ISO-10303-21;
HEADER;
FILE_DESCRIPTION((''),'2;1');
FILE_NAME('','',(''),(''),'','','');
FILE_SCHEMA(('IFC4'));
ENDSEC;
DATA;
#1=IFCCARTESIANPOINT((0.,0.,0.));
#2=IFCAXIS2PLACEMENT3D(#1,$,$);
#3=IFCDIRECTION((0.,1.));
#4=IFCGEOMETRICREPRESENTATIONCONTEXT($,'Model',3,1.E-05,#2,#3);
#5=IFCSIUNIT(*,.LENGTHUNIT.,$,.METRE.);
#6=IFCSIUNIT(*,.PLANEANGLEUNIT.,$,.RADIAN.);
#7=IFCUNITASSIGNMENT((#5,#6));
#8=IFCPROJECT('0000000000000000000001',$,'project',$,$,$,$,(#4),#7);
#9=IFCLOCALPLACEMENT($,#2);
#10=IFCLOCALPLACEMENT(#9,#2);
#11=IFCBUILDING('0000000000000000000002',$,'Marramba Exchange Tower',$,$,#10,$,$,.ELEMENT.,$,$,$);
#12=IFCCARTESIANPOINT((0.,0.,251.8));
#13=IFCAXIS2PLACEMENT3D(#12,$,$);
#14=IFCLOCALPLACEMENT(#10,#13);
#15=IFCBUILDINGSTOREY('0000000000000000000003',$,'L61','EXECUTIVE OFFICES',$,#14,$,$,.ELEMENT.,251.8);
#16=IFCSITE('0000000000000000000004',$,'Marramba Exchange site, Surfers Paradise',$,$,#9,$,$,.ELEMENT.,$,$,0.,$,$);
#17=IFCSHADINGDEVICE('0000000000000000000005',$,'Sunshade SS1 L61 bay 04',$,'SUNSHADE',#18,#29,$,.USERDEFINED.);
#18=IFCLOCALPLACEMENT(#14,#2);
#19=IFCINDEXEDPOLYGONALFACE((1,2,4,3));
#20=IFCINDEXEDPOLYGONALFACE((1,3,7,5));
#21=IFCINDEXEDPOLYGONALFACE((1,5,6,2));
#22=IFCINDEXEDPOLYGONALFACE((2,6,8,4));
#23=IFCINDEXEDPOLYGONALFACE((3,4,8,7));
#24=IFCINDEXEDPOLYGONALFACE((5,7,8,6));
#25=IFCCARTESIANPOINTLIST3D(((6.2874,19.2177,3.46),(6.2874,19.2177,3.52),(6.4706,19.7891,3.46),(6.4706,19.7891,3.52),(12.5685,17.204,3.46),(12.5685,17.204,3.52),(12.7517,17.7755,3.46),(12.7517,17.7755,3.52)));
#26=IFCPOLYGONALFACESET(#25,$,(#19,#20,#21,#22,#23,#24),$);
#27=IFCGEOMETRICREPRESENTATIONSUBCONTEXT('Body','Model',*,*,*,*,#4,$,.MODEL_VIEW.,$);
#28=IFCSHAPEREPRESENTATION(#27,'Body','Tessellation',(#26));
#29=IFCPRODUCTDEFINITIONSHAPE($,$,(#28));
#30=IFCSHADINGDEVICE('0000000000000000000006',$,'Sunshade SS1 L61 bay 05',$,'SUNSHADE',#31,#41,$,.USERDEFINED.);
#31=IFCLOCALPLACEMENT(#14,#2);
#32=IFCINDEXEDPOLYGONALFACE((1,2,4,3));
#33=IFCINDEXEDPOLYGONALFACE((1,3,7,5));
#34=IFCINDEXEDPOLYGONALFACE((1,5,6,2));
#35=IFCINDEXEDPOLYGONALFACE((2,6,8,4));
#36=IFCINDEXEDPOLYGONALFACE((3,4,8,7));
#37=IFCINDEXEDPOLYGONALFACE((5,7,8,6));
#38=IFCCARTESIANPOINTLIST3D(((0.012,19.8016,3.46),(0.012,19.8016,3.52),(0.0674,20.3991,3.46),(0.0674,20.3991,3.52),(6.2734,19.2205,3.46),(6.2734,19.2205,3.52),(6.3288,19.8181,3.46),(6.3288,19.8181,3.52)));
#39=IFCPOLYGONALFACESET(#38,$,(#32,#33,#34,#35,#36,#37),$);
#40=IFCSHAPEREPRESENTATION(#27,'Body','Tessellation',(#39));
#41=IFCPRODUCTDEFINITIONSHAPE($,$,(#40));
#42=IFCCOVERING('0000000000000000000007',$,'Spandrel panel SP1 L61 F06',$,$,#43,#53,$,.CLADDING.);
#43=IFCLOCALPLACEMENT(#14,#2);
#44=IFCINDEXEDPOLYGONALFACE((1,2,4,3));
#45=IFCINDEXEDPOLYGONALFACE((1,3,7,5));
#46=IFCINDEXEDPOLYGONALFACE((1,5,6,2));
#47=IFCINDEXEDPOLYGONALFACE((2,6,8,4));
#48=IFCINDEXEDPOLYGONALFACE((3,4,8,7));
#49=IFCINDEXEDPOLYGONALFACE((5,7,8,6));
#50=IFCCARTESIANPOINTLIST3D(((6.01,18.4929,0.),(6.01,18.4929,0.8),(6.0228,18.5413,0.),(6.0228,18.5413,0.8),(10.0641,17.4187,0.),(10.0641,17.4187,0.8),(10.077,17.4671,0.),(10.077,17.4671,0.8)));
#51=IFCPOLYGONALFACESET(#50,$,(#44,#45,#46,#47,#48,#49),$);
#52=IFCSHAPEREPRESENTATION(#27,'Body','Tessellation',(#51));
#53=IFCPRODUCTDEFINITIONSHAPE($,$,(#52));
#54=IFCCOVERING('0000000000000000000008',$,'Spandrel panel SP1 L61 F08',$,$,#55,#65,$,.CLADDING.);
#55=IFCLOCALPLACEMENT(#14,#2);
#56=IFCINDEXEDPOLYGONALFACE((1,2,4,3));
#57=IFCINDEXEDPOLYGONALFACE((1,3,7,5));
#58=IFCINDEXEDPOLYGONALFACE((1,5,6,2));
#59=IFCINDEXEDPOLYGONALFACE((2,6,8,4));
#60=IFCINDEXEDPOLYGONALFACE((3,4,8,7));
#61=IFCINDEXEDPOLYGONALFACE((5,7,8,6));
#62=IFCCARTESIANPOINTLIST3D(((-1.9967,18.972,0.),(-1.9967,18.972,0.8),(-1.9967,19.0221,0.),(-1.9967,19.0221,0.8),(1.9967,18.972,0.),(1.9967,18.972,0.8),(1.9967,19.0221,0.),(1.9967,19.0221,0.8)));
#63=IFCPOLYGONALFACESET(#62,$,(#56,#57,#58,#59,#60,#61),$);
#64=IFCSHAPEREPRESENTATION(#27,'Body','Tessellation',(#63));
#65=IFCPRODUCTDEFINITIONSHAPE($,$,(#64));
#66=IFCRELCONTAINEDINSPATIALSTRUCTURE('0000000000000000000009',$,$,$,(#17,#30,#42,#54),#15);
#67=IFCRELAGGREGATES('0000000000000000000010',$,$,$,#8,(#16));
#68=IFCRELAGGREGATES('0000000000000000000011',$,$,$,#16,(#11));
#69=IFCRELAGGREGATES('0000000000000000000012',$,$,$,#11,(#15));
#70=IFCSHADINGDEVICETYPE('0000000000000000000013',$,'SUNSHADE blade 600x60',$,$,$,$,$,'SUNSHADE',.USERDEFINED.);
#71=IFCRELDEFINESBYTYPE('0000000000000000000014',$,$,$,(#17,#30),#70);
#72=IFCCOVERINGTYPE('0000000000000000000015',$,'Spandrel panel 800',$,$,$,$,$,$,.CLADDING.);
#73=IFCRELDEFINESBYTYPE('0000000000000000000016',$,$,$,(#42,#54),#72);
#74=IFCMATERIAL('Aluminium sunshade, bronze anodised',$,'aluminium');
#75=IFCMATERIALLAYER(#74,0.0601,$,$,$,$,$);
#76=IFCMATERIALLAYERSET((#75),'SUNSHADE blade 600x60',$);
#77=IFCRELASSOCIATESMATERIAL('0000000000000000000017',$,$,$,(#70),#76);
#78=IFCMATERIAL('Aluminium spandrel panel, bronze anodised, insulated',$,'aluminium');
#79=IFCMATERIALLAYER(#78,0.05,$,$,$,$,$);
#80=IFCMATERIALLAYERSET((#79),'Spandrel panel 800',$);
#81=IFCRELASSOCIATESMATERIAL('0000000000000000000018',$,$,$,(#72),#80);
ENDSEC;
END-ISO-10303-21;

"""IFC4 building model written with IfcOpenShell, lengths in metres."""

from ifc_helpers import new_model, si_unit, direction, frame, origin, origin_2d, place, context, subcontext, project, spatial, rectangle, extrude, material, layer, layer_set, type_object, element, save


model = new_model("IFC4")

# Units and contexts
model_context = context("Model", 3, precision=1e-05, world=origin(), true_north=direction((0.0, 1.0)))
body_context = subcontext(model_context, "Body", "Model", "MODEL_VIEW")
ifc_project = project(units=[si_unit("LENGTHUNIT", "METRE"), si_unit("PLANEANGLEUNIT", "RADIAN")], contexts=[model_context])

# Site, building, storey
site_placement = place(None, origin())
site = spatial("IfcSite", under=ifc_project, at=site_placement, Name="Marramba Exchange site, Surfers Paradise", CompositionType="ELEMENT", RefElevation=0.0)
building_placement = place(site_placement, origin())
building = spatial("IfcBuilding", under=site, at=building_placement, Name="Marramba Exchange Tower", CompositionType="ELEMENT")
storey_placement = place(building_placement, frame((0.0, 0.0, 251.8)))
storey = spatial("IfcBuildingStorey", under=building, at=storey_placement, Name="L61", Description="EXECUTIVE OFFICES", CompositionType="ELEMENT", Elevation=251.8)

# Shading devices
ifc_material_1 = material(Name="Aluminium sunshade, bronze anodised", Category="aluminium")
ifc_layer_1 = layer(ifc_material_1, 0.0601)
ifc_layer_set_1 = layer_set([ifc_layer_1], Name="SUNSHADE blade 600x60")
shading_device_type_1 = type_object("IfcShadingDeviceType", Name="SUNSHADE blade 600x60", ElementType="SUNSHADE", PredefinedType="USERDEFINED", material=ifc_layer_set_1)
shading_device_1_placement = place(storey_placement, frame((9.5195, 18.4966, 3.46), z_axis=(0.0, 0.0, 1.0), x_axis=(-0.95226, 0.305289, 0.0)))
element("IfcShadingDevice", 1, at=shading_device_1_placement, inside=storey, type_object=shading_device_type_1, Name="Sunshade SS1 L61 bay 04", ObjectType="SUNSHADE", PredefinedType="USERDEFINED", context=body_context, shape_type="SweptSolid", body=[
    extrude(rectangle(XDim=6.5959, YDim=0.6001, at=origin_2d()), origin(), (0.0, 0.0, 1.0), 0.0601),
])
shading_device_2_placement = place(storey_placement, frame((3.1704, 19.8098, 3.46), z_axis=(0.0, 0.0, 1.0), x_axis=(-0.995722, 0.092397, 0.0)))
element("IfcShadingDevice", 2, at=shading_device_2_placement, inside=storey, type_object=shading_device_type_1, Name="Sunshade SS1 L61 bay 05", ObjectType="SUNSHADE", PredefinedType="USERDEFINED", context=body_context, shape_type="SweptSolid", body=[
    extrude(rectangle(XDim=6.2883, YDim=0.6001, at=origin_2d()), origin(), (0.0, 0.0, 1.0), 0.0601),
])

# Coverings
ifc_material_2 = material(Name="Aluminium spandrel panel, bronze anodised, insulated", Category="aluminium")
ifc_layer_2 = layer(ifc_material_2, 0.05)
ifc_layer_set_2 = layer_set([ifc_layer_2], Name="Spandrel panel 800")
covering_type = type_object("IfcCoveringType", Name="Spandrel panel 800", PredefinedType="CLADDING", material=ifc_layer_set_2)
covering_1_placement = place(storey_placement, frame((8.0435, 17.98, 0.0), z_axis=(0.0, 0.0, 1.0), x_axis=(-0.966644, 0.256126, 0.0)))
element("IfcCovering", 3, at=covering_1_placement, inside=storey, type_object=covering_type, Name="Spandrel panel SP1 L61 F06", PredefinedType="CLADDING", context=body_context, shape_type="SweptSolid", body=[
    extrude(rectangle(XDim=4.1941, YDim=0.05, at=origin_2d()), origin(), (0.0, 0.0, 1.0), 0.8),
])
covering_2_placement = place(storey_placement, frame((0.0, 18.9971, 0.0), z_axis=(0.0, 0.0, 1.0), x_axis=(-1.0, 0.0, 0.0)))
element("IfcCovering", 4, at=covering_2_placement, inside=storey, type_object=covering_type, Name="Spandrel panel SP1 L61 F08", PredefinedType="CLADDING", context=body_context, shape_type="SweptSolid", body=[
    extrude(rectangle(XDim=3.9934, YDim=0.05, at=origin_2d()), origin(), (0.0, 0.0, 1.0), 0.8),
])

save(model, "model.ifc")
